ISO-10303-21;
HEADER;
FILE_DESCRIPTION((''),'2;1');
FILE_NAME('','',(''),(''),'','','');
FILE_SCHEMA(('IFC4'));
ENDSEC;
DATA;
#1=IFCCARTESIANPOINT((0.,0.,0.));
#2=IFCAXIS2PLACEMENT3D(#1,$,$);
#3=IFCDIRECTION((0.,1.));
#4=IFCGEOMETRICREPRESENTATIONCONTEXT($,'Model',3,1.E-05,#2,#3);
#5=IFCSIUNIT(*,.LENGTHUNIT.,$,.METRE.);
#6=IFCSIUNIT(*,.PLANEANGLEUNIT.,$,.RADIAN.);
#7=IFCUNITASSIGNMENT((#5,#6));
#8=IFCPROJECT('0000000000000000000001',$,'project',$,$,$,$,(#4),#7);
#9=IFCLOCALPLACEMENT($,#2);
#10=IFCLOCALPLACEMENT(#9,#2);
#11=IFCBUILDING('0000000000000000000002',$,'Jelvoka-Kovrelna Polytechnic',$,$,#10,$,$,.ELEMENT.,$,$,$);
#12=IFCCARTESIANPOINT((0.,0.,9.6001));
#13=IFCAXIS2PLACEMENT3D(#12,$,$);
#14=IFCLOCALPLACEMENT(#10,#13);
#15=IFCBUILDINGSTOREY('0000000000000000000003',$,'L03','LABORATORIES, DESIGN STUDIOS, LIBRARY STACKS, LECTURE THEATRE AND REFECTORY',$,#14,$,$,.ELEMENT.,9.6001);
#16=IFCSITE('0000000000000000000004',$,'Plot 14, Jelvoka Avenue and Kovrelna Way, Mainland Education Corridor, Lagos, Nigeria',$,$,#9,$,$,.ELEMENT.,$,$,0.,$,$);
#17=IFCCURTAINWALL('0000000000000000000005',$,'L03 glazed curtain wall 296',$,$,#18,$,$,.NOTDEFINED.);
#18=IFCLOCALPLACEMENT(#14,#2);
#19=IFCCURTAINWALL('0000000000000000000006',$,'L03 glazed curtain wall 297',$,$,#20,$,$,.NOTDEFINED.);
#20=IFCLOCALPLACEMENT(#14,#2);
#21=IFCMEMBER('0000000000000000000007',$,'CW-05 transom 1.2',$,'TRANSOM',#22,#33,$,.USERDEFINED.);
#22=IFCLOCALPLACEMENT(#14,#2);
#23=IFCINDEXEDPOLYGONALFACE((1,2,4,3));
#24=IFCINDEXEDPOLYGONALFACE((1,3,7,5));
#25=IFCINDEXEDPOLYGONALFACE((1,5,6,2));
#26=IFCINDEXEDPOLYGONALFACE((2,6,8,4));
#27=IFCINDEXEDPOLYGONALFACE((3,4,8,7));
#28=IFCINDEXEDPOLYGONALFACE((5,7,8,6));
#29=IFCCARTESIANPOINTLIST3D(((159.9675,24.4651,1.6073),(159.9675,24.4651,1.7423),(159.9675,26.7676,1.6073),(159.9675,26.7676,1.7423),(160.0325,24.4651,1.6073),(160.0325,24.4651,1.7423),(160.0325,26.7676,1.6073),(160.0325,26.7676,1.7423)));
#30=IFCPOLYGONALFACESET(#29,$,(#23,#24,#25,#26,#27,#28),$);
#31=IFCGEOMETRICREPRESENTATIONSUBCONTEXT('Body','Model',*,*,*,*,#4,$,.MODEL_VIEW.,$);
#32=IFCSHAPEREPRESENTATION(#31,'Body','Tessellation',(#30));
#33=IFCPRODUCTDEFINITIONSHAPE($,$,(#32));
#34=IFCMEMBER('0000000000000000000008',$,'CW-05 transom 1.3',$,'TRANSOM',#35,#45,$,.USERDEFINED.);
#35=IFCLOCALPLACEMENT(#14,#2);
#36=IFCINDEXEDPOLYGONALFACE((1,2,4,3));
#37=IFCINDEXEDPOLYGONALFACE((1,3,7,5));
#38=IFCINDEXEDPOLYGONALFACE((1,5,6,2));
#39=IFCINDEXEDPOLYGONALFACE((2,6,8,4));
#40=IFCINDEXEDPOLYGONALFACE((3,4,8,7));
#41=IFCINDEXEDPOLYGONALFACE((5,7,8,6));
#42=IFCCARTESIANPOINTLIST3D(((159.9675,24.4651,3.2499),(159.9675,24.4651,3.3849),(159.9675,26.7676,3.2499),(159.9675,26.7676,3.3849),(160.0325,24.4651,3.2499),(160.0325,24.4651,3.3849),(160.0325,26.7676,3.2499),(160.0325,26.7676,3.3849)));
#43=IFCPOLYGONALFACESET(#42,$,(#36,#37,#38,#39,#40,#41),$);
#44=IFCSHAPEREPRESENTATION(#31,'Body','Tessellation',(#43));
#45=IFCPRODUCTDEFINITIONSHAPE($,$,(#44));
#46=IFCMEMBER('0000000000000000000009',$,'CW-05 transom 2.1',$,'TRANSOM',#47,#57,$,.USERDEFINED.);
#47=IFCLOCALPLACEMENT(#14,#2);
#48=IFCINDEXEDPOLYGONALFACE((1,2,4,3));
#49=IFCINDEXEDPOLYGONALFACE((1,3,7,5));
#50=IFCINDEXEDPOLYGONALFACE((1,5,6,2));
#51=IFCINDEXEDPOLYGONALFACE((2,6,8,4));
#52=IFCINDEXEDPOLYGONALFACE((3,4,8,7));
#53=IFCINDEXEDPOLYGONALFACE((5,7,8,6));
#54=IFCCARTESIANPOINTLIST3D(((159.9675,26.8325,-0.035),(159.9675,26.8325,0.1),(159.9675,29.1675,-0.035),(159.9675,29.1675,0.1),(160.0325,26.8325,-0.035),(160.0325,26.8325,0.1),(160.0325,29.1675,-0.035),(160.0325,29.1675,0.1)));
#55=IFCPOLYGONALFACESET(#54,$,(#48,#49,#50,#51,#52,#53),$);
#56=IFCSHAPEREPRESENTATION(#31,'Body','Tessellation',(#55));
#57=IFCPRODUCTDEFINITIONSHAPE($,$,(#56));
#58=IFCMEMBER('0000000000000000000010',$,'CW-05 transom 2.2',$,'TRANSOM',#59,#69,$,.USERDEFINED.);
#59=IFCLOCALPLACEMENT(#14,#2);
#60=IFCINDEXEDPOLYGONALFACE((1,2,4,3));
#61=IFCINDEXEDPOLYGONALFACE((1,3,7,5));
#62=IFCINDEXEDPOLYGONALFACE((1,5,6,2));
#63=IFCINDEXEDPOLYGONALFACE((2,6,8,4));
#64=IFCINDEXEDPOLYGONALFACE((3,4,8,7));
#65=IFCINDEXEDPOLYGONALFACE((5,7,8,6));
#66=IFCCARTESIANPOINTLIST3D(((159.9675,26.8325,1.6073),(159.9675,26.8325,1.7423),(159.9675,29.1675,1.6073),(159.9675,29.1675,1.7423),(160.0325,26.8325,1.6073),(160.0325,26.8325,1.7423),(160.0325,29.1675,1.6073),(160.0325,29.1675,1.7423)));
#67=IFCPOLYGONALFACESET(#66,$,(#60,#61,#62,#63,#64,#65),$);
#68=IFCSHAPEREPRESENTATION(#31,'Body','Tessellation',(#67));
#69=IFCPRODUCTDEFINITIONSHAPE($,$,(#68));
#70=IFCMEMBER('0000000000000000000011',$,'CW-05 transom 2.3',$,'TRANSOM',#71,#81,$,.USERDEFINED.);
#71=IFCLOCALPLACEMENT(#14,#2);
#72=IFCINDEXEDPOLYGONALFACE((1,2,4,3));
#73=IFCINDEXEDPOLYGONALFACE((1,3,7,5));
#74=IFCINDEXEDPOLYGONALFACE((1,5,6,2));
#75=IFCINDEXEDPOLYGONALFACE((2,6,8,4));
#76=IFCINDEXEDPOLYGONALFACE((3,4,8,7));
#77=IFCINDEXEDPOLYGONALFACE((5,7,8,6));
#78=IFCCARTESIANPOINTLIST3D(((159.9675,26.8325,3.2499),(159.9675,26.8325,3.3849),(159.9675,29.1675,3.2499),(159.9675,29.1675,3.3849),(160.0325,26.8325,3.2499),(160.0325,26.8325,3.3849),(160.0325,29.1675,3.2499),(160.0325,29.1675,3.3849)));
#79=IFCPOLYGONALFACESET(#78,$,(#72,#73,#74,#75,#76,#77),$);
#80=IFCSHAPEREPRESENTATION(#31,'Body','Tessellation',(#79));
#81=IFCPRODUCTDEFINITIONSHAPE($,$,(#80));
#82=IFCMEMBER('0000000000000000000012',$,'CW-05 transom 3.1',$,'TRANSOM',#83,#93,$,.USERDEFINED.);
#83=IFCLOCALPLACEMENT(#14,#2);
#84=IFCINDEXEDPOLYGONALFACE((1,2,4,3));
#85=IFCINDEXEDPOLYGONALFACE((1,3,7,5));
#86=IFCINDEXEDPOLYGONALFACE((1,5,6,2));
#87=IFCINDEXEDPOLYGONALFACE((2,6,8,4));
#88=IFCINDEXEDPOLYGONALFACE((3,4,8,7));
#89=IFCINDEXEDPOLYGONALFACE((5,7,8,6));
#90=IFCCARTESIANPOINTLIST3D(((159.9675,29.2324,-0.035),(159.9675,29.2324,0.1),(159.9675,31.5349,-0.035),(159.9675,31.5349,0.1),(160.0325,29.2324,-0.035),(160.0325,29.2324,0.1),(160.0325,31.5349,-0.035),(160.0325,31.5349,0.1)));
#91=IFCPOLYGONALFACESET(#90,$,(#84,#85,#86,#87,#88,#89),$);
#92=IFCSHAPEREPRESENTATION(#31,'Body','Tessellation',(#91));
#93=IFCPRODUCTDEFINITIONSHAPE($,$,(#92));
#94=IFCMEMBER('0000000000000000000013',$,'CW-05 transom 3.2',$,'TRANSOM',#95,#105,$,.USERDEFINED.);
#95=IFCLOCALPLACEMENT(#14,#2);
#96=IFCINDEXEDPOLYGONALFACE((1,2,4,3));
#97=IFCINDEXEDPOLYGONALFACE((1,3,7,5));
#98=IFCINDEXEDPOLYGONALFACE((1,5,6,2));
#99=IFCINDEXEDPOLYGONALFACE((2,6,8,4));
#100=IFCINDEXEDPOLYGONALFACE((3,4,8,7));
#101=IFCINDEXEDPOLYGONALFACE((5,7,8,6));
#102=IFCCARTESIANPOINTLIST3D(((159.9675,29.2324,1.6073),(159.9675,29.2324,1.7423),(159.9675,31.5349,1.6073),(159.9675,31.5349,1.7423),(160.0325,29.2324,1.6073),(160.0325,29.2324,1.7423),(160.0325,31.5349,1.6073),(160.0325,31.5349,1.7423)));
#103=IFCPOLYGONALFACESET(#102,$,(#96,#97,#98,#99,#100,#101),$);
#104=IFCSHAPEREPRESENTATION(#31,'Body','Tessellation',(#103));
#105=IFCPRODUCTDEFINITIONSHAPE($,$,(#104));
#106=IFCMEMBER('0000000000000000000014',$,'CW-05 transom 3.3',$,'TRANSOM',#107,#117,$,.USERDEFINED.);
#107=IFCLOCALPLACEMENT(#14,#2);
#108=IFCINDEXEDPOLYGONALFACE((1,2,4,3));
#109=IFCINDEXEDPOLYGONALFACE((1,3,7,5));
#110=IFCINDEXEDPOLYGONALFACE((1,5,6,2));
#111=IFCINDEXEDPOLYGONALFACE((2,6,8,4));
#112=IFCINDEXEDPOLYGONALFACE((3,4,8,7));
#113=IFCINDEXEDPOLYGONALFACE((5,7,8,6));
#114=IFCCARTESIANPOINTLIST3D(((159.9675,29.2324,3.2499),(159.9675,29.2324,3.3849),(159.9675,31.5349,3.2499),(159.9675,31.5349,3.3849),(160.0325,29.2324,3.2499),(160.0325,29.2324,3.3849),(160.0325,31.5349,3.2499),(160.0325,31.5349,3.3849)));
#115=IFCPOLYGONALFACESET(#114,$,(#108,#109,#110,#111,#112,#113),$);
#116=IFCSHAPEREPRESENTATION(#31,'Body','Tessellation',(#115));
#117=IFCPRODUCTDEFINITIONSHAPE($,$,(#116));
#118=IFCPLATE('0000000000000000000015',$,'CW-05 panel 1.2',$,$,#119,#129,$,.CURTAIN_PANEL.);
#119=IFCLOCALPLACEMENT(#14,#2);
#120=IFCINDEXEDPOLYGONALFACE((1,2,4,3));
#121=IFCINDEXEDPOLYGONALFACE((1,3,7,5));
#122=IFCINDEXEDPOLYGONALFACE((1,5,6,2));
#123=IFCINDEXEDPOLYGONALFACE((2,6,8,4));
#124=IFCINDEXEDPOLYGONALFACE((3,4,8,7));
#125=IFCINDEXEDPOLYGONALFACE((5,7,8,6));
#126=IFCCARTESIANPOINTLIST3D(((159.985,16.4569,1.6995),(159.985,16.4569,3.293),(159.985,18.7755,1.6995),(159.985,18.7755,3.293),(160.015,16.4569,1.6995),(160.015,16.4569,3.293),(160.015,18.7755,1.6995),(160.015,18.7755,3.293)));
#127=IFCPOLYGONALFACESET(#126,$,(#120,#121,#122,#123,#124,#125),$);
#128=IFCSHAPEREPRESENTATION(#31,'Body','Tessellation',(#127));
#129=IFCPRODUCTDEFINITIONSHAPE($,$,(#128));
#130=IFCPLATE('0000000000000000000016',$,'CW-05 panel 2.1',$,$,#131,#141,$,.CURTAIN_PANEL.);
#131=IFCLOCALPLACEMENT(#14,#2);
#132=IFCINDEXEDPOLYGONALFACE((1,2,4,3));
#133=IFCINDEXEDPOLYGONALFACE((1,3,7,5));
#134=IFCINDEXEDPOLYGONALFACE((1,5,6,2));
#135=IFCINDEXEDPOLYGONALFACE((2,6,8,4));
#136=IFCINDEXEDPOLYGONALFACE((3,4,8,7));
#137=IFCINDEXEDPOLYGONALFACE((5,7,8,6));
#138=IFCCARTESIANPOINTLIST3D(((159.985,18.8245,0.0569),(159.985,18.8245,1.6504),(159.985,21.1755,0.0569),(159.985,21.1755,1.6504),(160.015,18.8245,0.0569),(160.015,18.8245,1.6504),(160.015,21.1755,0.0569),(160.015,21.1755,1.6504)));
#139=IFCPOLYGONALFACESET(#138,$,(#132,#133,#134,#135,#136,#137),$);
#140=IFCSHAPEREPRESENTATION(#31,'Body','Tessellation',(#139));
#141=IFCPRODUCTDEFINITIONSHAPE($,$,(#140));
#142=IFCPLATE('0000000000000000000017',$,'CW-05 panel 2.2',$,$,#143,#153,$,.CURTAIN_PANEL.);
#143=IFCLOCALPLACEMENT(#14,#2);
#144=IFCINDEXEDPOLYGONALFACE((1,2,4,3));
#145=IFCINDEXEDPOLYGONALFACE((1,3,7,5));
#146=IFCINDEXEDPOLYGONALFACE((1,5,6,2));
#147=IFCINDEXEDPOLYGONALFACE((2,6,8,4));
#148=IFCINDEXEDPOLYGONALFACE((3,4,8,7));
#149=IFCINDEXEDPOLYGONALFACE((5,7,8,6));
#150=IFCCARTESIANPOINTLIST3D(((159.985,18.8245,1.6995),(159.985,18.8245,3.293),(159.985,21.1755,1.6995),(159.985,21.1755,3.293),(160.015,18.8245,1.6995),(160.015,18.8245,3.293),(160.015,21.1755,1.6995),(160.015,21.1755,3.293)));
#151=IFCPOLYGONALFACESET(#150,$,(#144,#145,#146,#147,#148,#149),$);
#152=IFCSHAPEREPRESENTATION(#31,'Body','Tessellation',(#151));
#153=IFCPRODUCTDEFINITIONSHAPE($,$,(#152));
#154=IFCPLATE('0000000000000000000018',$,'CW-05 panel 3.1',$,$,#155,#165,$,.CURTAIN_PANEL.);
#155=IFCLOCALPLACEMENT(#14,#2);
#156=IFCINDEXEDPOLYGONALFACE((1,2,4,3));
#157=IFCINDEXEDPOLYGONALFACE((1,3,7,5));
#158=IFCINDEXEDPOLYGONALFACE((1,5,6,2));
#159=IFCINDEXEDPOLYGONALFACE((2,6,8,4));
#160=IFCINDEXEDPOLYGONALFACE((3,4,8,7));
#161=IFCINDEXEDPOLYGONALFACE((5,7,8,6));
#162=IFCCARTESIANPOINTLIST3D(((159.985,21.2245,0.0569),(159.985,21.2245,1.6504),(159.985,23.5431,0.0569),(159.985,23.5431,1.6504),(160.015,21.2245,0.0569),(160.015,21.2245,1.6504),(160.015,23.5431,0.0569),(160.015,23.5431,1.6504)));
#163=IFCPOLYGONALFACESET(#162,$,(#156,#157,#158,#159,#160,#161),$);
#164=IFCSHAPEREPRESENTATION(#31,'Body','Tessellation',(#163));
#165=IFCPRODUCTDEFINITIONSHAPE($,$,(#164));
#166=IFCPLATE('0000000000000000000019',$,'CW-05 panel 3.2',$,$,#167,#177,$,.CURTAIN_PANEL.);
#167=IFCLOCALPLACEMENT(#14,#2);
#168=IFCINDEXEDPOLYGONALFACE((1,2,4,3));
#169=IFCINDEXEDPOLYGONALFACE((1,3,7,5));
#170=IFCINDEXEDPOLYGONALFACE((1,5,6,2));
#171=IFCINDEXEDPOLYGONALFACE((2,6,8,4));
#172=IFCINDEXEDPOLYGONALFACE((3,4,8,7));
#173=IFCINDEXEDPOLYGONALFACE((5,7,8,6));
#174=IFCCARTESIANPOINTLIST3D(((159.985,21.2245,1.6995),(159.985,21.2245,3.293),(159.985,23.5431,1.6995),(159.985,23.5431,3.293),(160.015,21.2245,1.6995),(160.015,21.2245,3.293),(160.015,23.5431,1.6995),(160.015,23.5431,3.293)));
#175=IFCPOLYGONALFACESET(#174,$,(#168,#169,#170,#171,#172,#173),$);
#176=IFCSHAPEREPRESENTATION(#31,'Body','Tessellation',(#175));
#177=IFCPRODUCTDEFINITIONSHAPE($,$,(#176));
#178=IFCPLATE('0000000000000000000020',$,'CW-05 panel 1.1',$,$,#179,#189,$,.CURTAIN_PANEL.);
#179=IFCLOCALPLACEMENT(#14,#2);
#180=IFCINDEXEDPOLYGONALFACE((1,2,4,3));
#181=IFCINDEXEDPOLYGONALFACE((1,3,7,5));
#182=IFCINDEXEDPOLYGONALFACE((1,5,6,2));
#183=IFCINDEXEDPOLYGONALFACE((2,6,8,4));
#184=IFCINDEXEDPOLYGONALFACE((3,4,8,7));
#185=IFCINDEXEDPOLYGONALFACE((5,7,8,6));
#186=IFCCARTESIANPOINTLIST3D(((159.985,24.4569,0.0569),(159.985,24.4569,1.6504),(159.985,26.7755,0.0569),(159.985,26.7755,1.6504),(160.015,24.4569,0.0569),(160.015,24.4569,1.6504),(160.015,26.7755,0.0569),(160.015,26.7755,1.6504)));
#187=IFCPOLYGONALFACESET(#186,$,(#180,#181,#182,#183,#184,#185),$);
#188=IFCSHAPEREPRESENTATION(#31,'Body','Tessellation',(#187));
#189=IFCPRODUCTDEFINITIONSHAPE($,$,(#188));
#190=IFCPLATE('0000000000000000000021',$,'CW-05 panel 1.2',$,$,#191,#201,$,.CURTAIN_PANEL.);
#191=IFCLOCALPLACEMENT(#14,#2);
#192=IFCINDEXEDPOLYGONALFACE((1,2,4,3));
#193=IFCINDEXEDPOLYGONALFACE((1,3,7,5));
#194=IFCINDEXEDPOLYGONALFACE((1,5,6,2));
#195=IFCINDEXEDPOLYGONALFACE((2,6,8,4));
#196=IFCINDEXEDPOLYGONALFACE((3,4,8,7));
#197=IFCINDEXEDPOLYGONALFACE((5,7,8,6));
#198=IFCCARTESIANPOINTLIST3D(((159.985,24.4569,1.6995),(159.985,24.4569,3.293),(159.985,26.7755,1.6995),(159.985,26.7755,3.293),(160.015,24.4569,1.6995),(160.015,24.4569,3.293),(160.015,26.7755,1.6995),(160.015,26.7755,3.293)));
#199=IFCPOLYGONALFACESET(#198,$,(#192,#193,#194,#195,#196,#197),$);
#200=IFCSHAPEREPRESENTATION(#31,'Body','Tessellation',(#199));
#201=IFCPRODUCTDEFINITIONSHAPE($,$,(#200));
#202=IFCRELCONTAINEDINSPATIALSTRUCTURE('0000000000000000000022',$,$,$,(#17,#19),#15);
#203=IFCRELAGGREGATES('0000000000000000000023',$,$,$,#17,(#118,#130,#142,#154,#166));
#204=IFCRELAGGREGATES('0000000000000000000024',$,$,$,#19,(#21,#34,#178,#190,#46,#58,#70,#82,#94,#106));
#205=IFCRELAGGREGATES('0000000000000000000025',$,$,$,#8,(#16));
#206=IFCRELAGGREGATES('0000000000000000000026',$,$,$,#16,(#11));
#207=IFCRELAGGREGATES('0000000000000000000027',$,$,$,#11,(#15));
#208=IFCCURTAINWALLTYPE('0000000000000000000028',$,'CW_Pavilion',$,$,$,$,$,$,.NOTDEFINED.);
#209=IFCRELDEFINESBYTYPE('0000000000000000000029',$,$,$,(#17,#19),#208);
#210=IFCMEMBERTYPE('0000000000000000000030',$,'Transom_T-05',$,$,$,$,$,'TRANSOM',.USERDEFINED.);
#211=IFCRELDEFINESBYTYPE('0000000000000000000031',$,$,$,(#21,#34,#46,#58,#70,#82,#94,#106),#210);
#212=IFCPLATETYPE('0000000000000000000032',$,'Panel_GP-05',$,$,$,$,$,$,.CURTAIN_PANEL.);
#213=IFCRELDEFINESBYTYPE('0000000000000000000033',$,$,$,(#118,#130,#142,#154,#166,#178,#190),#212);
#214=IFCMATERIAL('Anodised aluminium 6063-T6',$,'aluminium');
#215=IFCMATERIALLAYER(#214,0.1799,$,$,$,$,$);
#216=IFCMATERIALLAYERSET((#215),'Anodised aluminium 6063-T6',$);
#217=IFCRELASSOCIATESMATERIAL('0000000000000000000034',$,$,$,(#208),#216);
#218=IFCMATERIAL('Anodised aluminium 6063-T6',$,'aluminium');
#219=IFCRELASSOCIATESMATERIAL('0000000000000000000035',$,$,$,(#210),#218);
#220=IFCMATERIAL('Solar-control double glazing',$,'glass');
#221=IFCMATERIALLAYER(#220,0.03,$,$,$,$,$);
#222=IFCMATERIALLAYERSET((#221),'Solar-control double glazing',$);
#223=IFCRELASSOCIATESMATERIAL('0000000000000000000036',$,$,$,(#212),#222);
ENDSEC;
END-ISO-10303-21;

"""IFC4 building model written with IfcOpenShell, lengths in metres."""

from ifc_helpers import new_model, si_unit, direction, frame, origin, origin_2d, place, context, subcontext, project, spatial, rectangle, extrude, material, layer, layer_set, material_profile, profile_set, type_object, element, aggregate, save


model = new_model("IFC4")

# Units and contexts
model_context = context("Model", 3, precision=1e-05, world=origin(), true_north=direction((0.0, 1.0)))
body_context = subcontext(model_context, "Body", "Model", "MODEL_VIEW")
ifc_project = project(units=[si_unit("LENGTHUNIT", "METRE"), si_unit("PLANEANGLEUNIT", "RADIAN")], contexts=[model_context])

# Site, building, storey
site_placement = place(None, origin())
site = spatial("IfcSite", under=ifc_project, at=site_placement, Name="Plot 14, Jelvoka Avenue and Kovrelna Way, Mainland Education Corridor, Lagos, Nigeria", CompositionType="ELEMENT", RefElevation=0.0)
building_placement = place(site_placement, origin())
building = spatial("IfcBuilding", under=site, at=building_placement, Name="Jelvoka-Kovrelna Polytechnic", CompositionType="ELEMENT")
storey_placement = place(building_placement, frame((0.0, 0.0, 9.6001)))
storey = spatial("IfcBuildingStorey", under=building, at=storey_placement, Name="L03", Description="LABORATORIES, DESIGN STUDIOS, LIBRARY STACKS, LECTURE THEATRE AND REFECTORY", CompositionType="ELEMENT", Elevation=9.6001)

# Curtain walls
ifc_material_1 = material(Name="Anodised aluminium 6063-T6", Category="aluminium")
ifc_layer_1 = layer(ifc_material_1, 0.1799)
ifc_layer_set_1 = layer_set([ifc_layer_1], Name="Anodised aluminium 6063-T6")
curtain_wall_type = type_object("IfcCurtainWallType", Name="CW_Pavilion", PredefinedType="NOTDEFINED", material=ifc_layer_set_1)
curtain_wall_1_placement = place(storey_placement, origin())
curtain_wall_1 = element("IfcCurtainWall", 1, at=curtain_wall_1_placement, inside=storey, type_object=curtain_wall_type, Name="L03 glazed curtain wall 296", PredefinedType="NOTDEFINED")
curtain_wall_2_placement = place(storey_placement, origin())
curtain_wall_2 = element("IfcCurtainWall", 2, at=curtain_wall_2_placement, inside=storey, type_object=curtain_wall_type, Name="L03 glazed curtain wall 297", PredefinedType="NOTDEFINED")

# Members
ifc_material_2 = material(Name="Anodised aluminium 6063-T6", Category="aluminium")
ifc_material_profile_1 = material_profile(ifc_material_2, rectangle(XDim=0.0649, YDim=0.135, at=origin_2d()), Name="ALU 65x135")
ifc_profile_set_1 = profile_set([ifc_material_profile_1], Name="Anodised aluminium 6063-T6")
member_type_1 = type_object("IfcMemberType", Name="Transom_T-05", ElementType="TRANSOM", PredefinedType="USERDEFINED", material=ifc_profile_set_1)
member_1_placement = place(storey_placement, frame((160.0, 24.4651, 1.6748), z_axis=(0.0, 1.0, 0.0), x_axis=(-1.0, 0.0, 0.0)))
member_1 = element("IfcMember", 3, at=member_1_placement, type_object=member_type_1, Name="CW-05 transom 1.2", ObjectType="TRANSOM", PredefinedType="USERDEFINED", context=body_context, shape_type="SweptSolid", body=[
    extrude(rectangle(XDim=0.0649, YDim=0.135, at=origin_2d()), origin(), (0.0, 0.0, 1.0), 2.3025),
])
member_2_placement = place(storey_placement, frame((160.0, 24.4651, 3.3174), z_axis=(0.0, 1.0, 0.0), x_axis=(-1.0, 0.0, 0.0)))
member_2 = element("IfcMember", 4, at=member_2_placement, type_object=member_type_1, Name="CW-05 transom 1.3", ObjectType="TRANSOM", PredefinedType="USERDEFINED", context=body_context, shape_type="SweptSolid", body=[
    extrude(rectangle(XDim=0.0649, YDim=0.135, at=origin_2d()), origin(), (0.0, 0.0, 1.0), 2.3025),
])
member_3_placement = place(storey_placement, frame((160.0, 26.8325, 0.0325), z_axis=(0.0, 1.0, 0.0), x_axis=(-1.0, 0.0, 0.0)))
member_3 = element("IfcMember", 5, at=member_3_placement, type_object=member_type_1, Name="CW-05 transom 2.1", ObjectType="TRANSOM", PredefinedType="USERDEFINED", context=body_context, shape_type="SweptSolid", body=[
    extrude(rectangle(XDim=0.0649, YDim=0.135, at=origin_2d()), origin(), (0.0, 0.0, 1.0), 2.335),
])
member_4_placement = place(storey_placement, frame((160.0, 26.8325, 1.6748), z_axis=(0.0, 1.0, 0.0), x_axis=(-1.0, 0.0, 0.0)))
member_4 = element("IfcMember", 6, at=member_4_placement, type_object=member_type_1, Name="CW-05 transom 2.2", ObjectType="TRANSOM", PredefinedType="USERDEFINED", context=body_context, shape_type="SweptSolid", body=[
    extrude(rectangle(XDim=0.0649, YDim=0.135, at=origin_2d()), origin(), (0.0, 0.0, 1.0), 2.335),
])
member_5_placement = place(storey_placement, frame((160.0, 26.8325, 3.3174), z_axis=(0.0, 1.0, 0.0), x_axis=(-1.0, 0.0, 0.0)))
member_5 = element("IfcMember", 7, at=member_5_placement, type_object=member_type_1, Name="CW-05 transom 2.3", ObjectType="TRANSOM", PredefinedType="USERDEFINED", context=body_context, shape_type="SweptSolid", body=[
    extrude(rectangle(XDim=0.0649, YDim=0.135, at=origin_2d()), origin(), (0.0, 0.0, 1.0), 2.335),
])
member_6_placement = place(storey_placement, frame((160.0, 29.2324, 0.0325), z_axis=(0.0, 1.0, 0.0), x_axis=(-1.0, 0.0, 0.0)))
member_6 = element("IfcMember", 8, at=member_6_placement, type_object=member_type_1, Name="CW-05 transom 3.1", ObjectType="TRANSOM", PredefinedType="USERDEFINED", context=body_context, shape_type="SweptSolid", body=[
    extrude(rectangle(XDim=0.0649, YDim=0.135, at=origin_2d()), origin(), (0.0, 0.0, 1.0), 2.3025),
])
member_7_placement = place(storey_placement, frame((160.0, 29.2324, 1.6748), z_axis=(0.0, 1.0, 0.0), x_axis=(-1.0, 0.0, 0.0)))
member_7 = element("IfcMember", 9, at=member_7_placement, type_object=member_type_1, Name="CW-05 transom 3.2", ObjectType="TRANSOM", PredefinedType="USERDEFINED", context=body_context, shape_type="SweptSolid", body=[
    extrude(rectangle(XDim=0.0649, YDim=0.135, at=origin_2d()), origin(), (0.0, 0.0, 1.0), 2.3025),
])
member_8_placement = place(storey_placement, frame((160.0, 29.2324, 3.3174), z_axis=(0.0, 1.0, 0.0), x_axis=(-1.0, 0.0, 0.0)))
member_8 = element("IfcMember", 10, at=member_8_placement, type_object=member_type_1, Name="CW-05 transom 3.3", ObjectType="TRANSOM", PredefinedType="USERDEFINED", context=body_context, shape_type="SweptSolid", body=[
    extrude(rectangle(XDim=0.0649, YDim=0.135, at=origin_2d()), origin(), (0.0, 0.0, 1.0), 2.3025),
])

# Plates
ifc_material_3 = material(Name="Solar-control double glazing", Category="glass")
ifc_layer_2 = layer(ifc_material_3, 0.03)
ifc_layer_set_2 = layer_set([ifc_layer_2], Name="Solar-control double glazing")
plate_type = type_object("IfcPlateType", Name="Panel_GP-05", PredefinedType="CURTAIN_PANEL", material=ifc_layer_set_2)
plate_1_placement = place(storey_placement, frame((160.0, 17.6162, 1.6995), z_axis=(0.0, 0.0, 1.0), x_axis=(0.0, 1.0, 0.0)))
plate_1 = element("IfcPlate", 11, at=plate_1_placement, type_object=plate_type, Name="CW-05 panel 1.2", PredefinedType="CURTAIN_PANEL", context=body_context, shape_type="SweptSolid", body=[
    extrude(rectangle(XDim=2.3186, YDim=0.03, at=origin_2d()), origin(), (0.0, 0.0, 1.0), 1.5935),
])
plate_2_placement = place(storey_placement, frame((160.0, 20.0, 0.0569), z_axis=(0.0, 0.0, 1.0), x_axis=(0.0, 1.0, 0.0)))
plate_2 = element("IfcPlate", 12, at=plate_2_placement, type_object=plate_type, Name="CW-05 panel 2.1", PredefinedType="CURTAIN_PANEL", context=body_context, shape_type="SweptSolid", body=[
    extrude(rectangle(XDim=2.3511, YDim=0.03, at=origin_2d()), origin(), (0.0, 0.0, 1.0), 1.5935),
])
plate_3_placement = place(storey_placement, frame((160.0, 20.0, 1.6995), z_axis=(0.0, 0.0, 1.0), x_axis=(0.0, 1.0, 0.0)))
plate_3 = element("IfcPlate", 13, at=plate_3_placement, type_object=plate_type, Name="CW-05 panel 2.2", PredefinedType="CURTAIN_PANEL", context=body_context, shape_type="SweptSolid", body=[
    extrude(rectangle(XDim=2.3511, YDim=0.03, at=origin_2d()), origin(), (0.0, 0.0, 1.0), 1.5935),
])
plate_4_placement = place(storey_placement, frame((160.0, 22.3838, 0.0569), z_axis=(0.0, 0.0, 1.0), x_axis=(0.0, 1.0, 0.0)))
plate_4 = element("IfcPlate", 14, at=plate_4_placement, type_object=plate_type, Name="CW-05 panel 3.1", PredefinedType="CURTAIN_PANEL", context=body_context, shape_type="SweptSolid", body=[
    extrude(rectangle(XDim=2.3186, YDim=0.03, at=origin_2d()), origin(), (0.0, 0.0, 1.0), 1.5935),
])
plate_5_placement = place(storey_placement, frame((160.0, 22.3838, 1.6995), z_axis=(0.0, 0.0, 1.0), x_axis=(0.0, 1.0, 0.0)))
plate_5 = element("IfcPlate", 15, at=plate_5_placement, type_object=plate_type, Name="CW-05 panel 3.2", PredefinedType="CURTAIN_PANEL", context=body_context, shape_type="SweptSolid", body=[
    extrude(rectangle(XDim=2.3186, YDim=0.03, at=origin_2d()), origin(), (0.0, 0.0, 1.0), 1.5935),
])
aggregate(curtain_wall_1, [plate_1, plate_2, plate_3, plate_4, plate_5])
plate_6_placement = place(storey_placement, frame((160.0, 25.6162, 0.0569), z_axis=(0.0, 0.0, 1.0), x_axis=(0.0, 1.0, 0.0)))
plate_6 = element("IfcPlate", 16, at=plate_6_placement, type_object=plate_type, Name="CW-05 panel 1.1", PredefinedType="CURTAIN_PANEL", context=body_context, shape_type="SweptSolid", body=[
    extrude(rectangle(XDim=2.3186, YDim=0.03, at=origin_2d()), origin(), (0.0, 0.0, 1.0), 1.5935),
])
plate_7_placement = place(storey_placement, frame((160.0, 25.6162, 1.6995), z_axis=(0.0, 0.0, 1.0), x_axis=(0.0, 1.0, 0.0)))
plate_7 = element("IfcPlate", 17, at=plate_7_placement, type_object=plate_type, Name="CW-05 panel 1.2", PredefinedType="CURTAIN_PANEL", context=body_context, shape_type="SweptSolid", body=[
    extrude(rectangle(XDim=2.3186, YDim=0.03, at=origin_2d()), origin(), (0.0, 0.0, 1.0), 1.5935),
])
aggregate(curtain_wall_2, [member_1, member_2, plate_6, plate_7, member_3, member_4, member_5, member_6, member_7, member_8])

save(model, "model.ifc")
